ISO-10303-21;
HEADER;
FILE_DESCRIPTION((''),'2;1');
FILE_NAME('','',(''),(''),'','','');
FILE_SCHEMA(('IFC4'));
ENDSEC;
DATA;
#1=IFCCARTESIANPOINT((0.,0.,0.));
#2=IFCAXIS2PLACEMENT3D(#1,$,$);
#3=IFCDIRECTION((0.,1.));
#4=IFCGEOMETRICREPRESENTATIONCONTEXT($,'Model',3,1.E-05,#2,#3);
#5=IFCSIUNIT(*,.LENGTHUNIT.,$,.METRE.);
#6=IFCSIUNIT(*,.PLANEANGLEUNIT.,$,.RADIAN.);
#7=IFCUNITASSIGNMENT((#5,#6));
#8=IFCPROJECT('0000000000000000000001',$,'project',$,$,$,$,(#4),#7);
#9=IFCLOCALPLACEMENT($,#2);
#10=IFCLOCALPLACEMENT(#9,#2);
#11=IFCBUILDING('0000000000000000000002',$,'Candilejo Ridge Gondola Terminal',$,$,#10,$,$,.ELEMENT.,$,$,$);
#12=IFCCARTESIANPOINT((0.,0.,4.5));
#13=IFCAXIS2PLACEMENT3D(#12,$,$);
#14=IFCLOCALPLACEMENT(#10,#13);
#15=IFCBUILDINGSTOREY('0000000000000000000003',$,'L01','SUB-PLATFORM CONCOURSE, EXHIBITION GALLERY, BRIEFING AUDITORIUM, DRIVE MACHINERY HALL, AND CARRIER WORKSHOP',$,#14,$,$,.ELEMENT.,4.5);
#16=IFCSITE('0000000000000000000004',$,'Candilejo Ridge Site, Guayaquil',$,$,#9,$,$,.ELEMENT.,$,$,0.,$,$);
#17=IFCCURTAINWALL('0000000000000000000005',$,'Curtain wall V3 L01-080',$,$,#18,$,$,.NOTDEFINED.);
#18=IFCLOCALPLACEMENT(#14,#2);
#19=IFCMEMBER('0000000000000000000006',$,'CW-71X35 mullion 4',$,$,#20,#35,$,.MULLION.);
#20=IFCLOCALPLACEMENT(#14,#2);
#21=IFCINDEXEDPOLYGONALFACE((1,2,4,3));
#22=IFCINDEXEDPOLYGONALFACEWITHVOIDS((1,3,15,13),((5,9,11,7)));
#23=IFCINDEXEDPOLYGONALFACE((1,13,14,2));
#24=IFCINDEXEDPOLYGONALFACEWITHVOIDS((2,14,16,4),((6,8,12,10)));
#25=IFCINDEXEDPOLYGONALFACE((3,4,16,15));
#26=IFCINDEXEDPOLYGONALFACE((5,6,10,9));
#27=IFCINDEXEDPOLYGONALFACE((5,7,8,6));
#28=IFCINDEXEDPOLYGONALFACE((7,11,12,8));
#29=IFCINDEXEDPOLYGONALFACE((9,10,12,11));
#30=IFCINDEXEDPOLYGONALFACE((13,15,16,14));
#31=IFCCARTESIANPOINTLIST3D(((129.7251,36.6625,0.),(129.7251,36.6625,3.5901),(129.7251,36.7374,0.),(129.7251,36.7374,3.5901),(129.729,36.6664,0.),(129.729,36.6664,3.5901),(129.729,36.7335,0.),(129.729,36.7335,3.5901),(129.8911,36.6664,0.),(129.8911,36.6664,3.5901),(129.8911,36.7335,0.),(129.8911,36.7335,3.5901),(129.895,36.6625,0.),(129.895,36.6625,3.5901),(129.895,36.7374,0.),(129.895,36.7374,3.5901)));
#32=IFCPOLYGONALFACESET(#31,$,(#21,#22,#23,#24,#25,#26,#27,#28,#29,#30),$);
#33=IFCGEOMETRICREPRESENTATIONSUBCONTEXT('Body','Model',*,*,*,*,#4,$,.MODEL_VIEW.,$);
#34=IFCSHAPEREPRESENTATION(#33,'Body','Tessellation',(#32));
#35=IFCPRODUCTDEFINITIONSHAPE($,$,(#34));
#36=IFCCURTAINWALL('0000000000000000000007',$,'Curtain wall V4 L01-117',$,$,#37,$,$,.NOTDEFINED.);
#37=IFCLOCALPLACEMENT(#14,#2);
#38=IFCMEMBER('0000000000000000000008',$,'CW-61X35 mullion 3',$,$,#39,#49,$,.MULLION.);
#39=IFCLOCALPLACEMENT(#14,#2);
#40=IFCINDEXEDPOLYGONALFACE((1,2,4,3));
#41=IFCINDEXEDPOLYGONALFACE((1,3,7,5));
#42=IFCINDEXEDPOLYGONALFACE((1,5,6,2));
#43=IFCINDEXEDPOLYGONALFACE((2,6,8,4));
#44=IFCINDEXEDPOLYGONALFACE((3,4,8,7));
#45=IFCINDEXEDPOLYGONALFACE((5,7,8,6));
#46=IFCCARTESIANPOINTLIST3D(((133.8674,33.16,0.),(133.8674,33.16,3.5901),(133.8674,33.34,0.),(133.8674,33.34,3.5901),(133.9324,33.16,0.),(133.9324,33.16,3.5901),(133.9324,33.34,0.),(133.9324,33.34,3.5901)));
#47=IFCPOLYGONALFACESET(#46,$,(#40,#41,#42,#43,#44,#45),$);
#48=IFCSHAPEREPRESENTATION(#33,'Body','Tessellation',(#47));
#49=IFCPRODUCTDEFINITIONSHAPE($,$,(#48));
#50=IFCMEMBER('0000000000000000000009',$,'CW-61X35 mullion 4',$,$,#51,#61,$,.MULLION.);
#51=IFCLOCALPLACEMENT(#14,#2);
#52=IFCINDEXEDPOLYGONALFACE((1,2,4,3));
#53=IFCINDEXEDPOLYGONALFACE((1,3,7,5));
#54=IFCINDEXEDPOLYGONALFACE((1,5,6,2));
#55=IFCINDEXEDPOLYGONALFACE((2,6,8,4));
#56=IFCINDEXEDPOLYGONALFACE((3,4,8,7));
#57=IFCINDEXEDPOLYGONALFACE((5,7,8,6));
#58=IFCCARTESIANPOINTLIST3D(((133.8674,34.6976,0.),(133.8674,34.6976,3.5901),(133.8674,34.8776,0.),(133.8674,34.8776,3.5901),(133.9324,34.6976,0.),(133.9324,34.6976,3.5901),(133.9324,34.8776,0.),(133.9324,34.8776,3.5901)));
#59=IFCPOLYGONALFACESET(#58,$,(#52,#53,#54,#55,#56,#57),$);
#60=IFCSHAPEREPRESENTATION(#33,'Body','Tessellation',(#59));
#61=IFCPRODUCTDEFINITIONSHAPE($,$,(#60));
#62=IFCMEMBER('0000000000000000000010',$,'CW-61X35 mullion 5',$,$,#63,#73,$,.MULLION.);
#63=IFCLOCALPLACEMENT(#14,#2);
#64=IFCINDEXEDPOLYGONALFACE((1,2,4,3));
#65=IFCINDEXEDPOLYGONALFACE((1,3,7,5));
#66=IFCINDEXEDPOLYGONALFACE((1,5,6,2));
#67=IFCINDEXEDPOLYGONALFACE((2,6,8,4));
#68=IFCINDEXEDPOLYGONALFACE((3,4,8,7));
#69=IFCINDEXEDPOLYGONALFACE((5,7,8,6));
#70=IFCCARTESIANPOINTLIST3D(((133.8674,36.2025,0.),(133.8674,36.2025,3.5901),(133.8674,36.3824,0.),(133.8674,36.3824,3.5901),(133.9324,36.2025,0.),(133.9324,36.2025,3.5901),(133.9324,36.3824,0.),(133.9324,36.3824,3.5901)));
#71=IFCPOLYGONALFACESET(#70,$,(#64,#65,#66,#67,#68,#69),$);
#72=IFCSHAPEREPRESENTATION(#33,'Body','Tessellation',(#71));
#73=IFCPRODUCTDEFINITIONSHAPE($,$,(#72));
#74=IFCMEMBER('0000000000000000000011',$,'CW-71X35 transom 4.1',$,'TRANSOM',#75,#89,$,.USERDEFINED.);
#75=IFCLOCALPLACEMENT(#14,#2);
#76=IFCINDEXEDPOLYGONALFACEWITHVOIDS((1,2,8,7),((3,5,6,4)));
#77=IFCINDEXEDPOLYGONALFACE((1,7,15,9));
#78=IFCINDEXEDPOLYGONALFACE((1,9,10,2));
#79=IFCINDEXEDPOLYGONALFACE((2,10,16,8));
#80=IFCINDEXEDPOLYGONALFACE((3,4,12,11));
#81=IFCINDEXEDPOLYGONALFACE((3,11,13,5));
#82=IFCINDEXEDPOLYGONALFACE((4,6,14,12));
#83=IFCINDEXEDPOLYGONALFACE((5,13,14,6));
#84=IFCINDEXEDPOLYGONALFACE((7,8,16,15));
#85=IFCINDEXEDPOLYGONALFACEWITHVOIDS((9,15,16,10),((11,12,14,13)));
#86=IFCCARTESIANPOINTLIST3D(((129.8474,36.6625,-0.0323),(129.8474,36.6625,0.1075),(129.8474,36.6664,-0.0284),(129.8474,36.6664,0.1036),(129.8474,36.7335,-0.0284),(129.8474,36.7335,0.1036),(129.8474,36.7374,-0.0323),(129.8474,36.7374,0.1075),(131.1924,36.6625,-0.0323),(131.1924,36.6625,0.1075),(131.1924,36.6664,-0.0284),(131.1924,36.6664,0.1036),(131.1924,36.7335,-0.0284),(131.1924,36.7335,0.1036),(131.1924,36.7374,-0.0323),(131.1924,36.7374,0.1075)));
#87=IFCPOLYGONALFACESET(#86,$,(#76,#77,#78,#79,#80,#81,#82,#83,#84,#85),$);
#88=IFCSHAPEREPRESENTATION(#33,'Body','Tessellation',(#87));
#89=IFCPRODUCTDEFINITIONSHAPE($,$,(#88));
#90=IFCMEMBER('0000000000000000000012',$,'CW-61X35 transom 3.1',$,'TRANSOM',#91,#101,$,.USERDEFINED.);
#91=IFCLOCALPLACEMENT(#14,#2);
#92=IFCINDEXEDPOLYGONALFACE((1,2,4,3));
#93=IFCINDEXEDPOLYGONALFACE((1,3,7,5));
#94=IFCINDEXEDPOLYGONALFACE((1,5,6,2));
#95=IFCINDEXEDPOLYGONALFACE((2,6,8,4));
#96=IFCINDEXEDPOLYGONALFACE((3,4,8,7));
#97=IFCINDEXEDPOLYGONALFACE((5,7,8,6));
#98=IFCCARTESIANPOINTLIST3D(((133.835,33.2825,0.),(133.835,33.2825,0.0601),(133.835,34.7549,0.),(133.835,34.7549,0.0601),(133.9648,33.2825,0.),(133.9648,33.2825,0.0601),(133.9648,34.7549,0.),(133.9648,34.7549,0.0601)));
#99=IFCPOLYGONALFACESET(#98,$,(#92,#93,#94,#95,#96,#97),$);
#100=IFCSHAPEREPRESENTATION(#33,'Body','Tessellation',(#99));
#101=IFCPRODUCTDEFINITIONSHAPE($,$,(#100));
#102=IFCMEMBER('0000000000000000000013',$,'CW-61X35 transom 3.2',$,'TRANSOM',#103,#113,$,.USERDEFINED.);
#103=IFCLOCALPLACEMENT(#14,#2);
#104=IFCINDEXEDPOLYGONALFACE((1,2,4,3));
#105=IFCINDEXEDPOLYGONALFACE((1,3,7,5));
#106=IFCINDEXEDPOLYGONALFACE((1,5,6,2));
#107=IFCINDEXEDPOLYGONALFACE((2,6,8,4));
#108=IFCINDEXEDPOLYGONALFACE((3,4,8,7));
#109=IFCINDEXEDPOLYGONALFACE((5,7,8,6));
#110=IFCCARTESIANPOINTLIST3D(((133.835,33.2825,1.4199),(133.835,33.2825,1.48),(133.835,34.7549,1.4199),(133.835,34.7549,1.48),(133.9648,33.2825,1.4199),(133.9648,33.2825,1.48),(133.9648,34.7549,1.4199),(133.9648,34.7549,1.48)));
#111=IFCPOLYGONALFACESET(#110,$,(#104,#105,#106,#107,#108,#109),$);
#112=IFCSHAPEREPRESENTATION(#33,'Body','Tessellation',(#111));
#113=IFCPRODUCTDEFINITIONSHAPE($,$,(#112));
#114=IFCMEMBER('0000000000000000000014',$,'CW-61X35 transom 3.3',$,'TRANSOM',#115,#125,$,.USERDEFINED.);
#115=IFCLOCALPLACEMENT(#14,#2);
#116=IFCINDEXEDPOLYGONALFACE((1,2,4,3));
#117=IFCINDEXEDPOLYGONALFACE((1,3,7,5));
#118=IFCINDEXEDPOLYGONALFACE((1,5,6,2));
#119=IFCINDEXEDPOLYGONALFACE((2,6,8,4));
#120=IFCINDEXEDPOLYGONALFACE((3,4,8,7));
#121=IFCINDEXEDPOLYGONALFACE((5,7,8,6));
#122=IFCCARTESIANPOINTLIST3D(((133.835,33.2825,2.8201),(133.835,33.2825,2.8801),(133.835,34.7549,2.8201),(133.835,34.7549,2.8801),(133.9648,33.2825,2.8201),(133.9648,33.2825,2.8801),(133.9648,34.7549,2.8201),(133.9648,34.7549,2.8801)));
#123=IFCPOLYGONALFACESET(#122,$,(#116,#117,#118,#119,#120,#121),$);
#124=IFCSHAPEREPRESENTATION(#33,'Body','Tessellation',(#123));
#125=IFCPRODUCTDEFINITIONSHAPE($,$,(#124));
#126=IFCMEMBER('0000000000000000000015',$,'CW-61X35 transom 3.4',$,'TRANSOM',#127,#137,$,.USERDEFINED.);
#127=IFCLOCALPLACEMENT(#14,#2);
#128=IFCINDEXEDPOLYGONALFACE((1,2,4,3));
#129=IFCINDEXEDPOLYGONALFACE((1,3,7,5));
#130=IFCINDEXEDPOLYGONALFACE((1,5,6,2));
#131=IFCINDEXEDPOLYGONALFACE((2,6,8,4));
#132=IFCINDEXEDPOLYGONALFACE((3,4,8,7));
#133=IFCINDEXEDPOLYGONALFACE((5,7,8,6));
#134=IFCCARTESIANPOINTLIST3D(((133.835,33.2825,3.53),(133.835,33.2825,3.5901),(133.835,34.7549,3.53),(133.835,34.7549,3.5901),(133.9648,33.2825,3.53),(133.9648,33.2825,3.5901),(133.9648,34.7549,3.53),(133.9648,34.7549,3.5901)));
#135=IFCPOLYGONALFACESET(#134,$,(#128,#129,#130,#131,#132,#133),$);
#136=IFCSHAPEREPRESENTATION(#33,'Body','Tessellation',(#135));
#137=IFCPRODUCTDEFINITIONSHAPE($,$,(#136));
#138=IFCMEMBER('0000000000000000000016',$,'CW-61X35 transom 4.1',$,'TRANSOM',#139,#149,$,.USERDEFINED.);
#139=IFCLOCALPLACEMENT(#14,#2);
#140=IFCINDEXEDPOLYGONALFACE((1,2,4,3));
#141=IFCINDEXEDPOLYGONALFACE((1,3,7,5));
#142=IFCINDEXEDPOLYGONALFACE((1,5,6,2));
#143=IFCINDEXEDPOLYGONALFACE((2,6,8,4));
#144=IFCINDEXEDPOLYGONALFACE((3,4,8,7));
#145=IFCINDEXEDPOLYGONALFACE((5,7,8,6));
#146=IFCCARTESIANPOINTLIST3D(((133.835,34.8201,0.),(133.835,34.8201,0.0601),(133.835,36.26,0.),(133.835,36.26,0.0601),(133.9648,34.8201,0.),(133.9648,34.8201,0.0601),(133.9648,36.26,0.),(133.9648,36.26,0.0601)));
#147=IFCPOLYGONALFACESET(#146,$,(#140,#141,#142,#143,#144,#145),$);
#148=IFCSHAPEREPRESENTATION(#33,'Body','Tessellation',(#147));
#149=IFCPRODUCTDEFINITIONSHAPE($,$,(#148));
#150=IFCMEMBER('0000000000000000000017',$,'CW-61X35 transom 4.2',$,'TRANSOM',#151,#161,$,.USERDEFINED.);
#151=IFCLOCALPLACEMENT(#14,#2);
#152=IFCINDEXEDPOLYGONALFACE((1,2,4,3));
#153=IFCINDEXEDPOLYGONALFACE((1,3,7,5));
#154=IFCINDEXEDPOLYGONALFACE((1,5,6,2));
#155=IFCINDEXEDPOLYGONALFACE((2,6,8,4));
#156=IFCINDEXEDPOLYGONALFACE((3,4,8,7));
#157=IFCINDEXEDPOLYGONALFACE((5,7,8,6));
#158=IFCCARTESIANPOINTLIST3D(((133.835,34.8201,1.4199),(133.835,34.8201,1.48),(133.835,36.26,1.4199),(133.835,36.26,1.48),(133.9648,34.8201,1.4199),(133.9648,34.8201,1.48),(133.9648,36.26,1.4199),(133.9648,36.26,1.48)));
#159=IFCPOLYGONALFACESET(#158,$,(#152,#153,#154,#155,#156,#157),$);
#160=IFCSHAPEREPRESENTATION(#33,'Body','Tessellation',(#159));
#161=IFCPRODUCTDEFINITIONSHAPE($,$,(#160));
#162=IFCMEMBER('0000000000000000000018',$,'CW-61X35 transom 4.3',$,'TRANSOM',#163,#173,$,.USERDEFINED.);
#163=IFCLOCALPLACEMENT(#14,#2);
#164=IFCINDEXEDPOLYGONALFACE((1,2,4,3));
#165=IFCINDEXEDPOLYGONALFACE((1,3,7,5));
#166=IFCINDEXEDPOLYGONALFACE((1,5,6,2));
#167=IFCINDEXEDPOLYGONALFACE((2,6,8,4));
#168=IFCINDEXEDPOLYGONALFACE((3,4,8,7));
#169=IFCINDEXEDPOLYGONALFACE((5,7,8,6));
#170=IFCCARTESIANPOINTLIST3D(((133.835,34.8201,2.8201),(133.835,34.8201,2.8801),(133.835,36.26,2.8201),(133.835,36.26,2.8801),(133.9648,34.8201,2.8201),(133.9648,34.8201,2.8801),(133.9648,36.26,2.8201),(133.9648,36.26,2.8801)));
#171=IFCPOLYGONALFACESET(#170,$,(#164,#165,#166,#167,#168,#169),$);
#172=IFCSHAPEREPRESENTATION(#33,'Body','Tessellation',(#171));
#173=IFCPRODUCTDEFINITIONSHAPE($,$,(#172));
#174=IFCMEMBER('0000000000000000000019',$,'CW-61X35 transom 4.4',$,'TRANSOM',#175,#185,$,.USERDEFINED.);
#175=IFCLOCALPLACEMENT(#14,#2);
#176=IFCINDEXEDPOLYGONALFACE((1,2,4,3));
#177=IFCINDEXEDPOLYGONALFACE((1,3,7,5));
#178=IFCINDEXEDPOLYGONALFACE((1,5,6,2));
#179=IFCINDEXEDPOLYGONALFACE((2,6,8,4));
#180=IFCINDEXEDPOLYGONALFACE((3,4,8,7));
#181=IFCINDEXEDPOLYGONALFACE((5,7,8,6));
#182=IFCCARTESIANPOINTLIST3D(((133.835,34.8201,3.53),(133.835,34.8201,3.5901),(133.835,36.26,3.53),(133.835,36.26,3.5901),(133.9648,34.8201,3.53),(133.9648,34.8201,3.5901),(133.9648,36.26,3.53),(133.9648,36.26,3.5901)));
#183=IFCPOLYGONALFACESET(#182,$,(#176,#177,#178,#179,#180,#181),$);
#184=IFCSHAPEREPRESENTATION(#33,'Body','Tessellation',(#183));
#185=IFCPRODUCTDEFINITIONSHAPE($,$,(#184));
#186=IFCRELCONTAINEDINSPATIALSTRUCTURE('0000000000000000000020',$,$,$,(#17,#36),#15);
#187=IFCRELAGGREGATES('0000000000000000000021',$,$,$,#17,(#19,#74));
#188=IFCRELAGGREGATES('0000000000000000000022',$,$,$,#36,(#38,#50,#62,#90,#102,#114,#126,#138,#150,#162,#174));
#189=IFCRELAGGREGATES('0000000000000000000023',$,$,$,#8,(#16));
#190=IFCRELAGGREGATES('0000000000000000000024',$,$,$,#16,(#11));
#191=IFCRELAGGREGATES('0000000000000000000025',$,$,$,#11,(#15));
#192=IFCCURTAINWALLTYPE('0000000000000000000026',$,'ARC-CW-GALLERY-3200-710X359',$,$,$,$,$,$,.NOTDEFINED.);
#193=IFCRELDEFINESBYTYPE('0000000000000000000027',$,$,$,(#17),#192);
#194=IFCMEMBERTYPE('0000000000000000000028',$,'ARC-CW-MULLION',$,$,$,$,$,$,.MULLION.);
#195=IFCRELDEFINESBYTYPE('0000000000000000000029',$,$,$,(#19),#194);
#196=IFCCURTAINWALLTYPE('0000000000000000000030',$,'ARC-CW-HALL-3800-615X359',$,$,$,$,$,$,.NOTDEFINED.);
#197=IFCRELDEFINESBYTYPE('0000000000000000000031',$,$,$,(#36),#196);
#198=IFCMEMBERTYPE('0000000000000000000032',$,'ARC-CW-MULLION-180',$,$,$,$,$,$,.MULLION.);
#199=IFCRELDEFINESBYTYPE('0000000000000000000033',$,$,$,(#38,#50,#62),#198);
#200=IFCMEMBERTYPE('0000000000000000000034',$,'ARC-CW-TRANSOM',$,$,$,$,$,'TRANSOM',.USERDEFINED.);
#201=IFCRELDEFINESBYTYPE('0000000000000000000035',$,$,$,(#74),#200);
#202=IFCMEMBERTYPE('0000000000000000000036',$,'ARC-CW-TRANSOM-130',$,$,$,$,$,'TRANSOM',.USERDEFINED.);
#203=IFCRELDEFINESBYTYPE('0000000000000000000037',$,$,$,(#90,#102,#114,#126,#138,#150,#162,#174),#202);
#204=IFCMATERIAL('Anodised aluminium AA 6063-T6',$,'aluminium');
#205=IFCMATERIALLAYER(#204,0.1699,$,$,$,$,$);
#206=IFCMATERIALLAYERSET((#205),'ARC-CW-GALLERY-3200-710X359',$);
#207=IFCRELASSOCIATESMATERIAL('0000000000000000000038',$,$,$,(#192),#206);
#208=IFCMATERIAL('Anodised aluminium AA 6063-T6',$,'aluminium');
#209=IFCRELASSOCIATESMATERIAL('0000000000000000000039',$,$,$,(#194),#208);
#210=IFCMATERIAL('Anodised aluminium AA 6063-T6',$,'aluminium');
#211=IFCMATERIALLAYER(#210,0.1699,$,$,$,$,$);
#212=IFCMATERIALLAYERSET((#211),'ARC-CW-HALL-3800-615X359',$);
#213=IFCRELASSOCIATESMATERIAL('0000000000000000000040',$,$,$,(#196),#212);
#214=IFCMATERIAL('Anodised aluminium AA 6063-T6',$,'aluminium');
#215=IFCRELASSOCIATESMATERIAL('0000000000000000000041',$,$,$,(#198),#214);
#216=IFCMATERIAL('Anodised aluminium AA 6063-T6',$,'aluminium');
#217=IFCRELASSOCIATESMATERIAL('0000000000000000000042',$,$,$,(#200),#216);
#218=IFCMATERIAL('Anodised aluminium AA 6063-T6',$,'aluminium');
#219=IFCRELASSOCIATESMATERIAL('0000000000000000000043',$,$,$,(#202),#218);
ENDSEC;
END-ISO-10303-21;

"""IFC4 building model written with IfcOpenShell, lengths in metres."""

from ifc_helpers import new_model, si_unit, direction, frame, origin, origin_2d, place, context, subcontext, project, spatial, rectangle, hollow_rectangle, extrude, material, layer, layer_set, material_profile, profile_set, type_object, element, aggregate, save


model = new_model("IFC4")

# Units and contexts
model_context = context("Model", 3, precision=1e-05, world=origin(), true_north=direction((0.0, 1.0)))
body_context = subcontext(model_context, "Body", "Model", "MODEL_VIEW")
ifc_project = project(units=[si_unit("LENGTHUNIT", "METRE"), si_unit("PLANEANGLEUNIT", "RADIAN")], contexts=[model_context])

# Site, building, storey
site_placement = place(None, origin())
site = spatial("IfcSite", under=ifc_project, at=site_placement, Name="Candilejo Ridge Site, Guayaquil", CompositionType="ELEMENT", RefElevation=0.0)
building_placement = place(site_placement, origin())
building = spatial("IfcBuilding", under=site, at=building_placement, Name="Candilejo Ridge Gondola Terminal", CompositionType="ELEMENT")
storey_placement = place(building_placement, frame((0.0, 0.0, 4.5)))
storey = spatial("IfcBuildingStorey", under=building, at=storey_placement, Name="L01", Description="SUB-PLATFORM CONCOURSE, EXHIBITION GALLERY, BRIEFING AUDITORIUM, DRIVE MACHINERY HALL, AND CARRIER WORKSHOP", CompositionType="ELEMENT", Elevation=4.5)

# Curtain wall, member
ifc_material_1 = material(Name="Anodised aluminium AA 6063-T6", Category="aluminium")
ifc_layer_1 = layer(ifc_material_1, 0.1699)
ifc_layer_set_1 = layer_set([ifc_layer_1], Name="ARC-CW-GALLERY-3200-710X359")
curtain_wall_type_1 = type_object("IfcCurtainWallType", Name="ARC-CW-GALLERY-3200-710X359", PredefinedType="NOTDEFINED", material=ifc_layer_set_1)
curtain_wall_1_placement = place(storey_placement, origin())
curtain_wall_1 = element("IfcCurtainWall", 1, at=curtain_wall_1_placement, inside=storey, type_object=curtain_wall_type_1, Name="Curtain wall V3 L01-080", PredefinedType="NOTDEFINED")
ifc_material_2 = material(Name="Anodised aluminium AA 6063-T6", Category="aluminium")
ifc_material_profile_1 = material_profile(ifc_material_2, hollow_rectangle(XDim=0.075, YDim=0.1699, WallThickness=0.0039, at=origin_2d()))
ifc_profile_set_1 = profile_set([ifc_material_profile_1], Name="Anodised aluminium AA 6063-T6")
member_type_1 = type_object("IfcMemberType", Name="ARC-CW-MULLION", PredefinedType="MULLION", material=ifc_profile_set_1)
member_1_placement = place(storey_placement, frame((129.8101, 36.7, 0.0), z_axis=(0.0, 0.0, 1.0), x_axis=(0.0, 1.0, 0.0)))
member_1 = element("IfcMember", 2, at=member_1_placement, type_object=member_type_1, Name="CW-71X35 mullion 4", PredefinedType="MULLION", context=body_context, shape_type="SweptSolid", body=[
    extrude(hollow_rectangle(XDim=0.075, YDim=0.1699, WallThickness=0.0039, at=origin_2d()), origin(), (0.0, 0.0, 1.0), 3.5901),
])

# Curtain wall, members
ifc_material_3 = material(Name="Anodised aluminium AA 6063-T6", Category="aluminium")
ifc_layer_2 = layer(ifc_material_3, 0.1699)
ifc_layer_set_2 = layer_set([ifc_layer_2], Name="ARC-CW-HALL-3800-615X359")
curtain_wall_type_2 = type_object("IfcCurtainWallType", Name="ARC-CW-HALL-3800-615X359", PredefinedType="NOTDEFINED", material=ifc_layer_set_2)
curtain_wall_2_placement = place(storey_placement, origin())
curtain_wall_2 = element("IfcCurtainWall", 3, at=curtain_wall_2_placement, inside=storey, type_object=curtain_wall_type_2, Name="Curtain wall V4 L01-117", PredefinedType="NOTDEFINED")
ifc_material_4 = material(Name="Anodised aluminium AA 6063-T6", Category="aluminium")
ifc_material_profile_2 = material_profile(ifc_material_4, rectangle(XDim=0.0649, YDim=0.1799, at=origin_2d()))
ifc_profile_set_2 = profile_set([ifc_material_profile_2], Name="Anodised aluminium AA 6063-T6")
member_type_2 = type_object("IfcMemberType", Name="ARC-CW-MULLION-180", PredefinedType="MULLION", material=ifc_profile_set_2)
member_2_placement = place(storey_placement, frame((133.8999, 33.25, 0.0), z_axis=(0.0, 0.0, 1.0), x_axis=(-1.0, 0.0, 0.0)))
member_2 = element("IfcMember", 4, at=member_2_placement, type_object=member_type_2, Name="CW-61X35 mullion 3", PredefinedType="MULLION", context=body_context, shape_type="SweptSolid", body=[
    extrude(rectangle(XDim=0.0649, YDim=0.1799, at=origin_2d()), origin(), (0.0, 0.0, 1.0), 3.5901),
])
member_3_placement = place(storey_placement, frame((133.8999, 34.7876, 0.0), z_axis=(0.0, 0.0, 1.0), x_axis=(-1.0, 0.0, 0.0)))
member_3 = element("IfcMember", 5, at=member_3_placement, type_object=member_type_2, Name="CW-61X35 mullion 4", PredefinedType="MULLION", context=body_context, shape_type="SweptSolid", body=[
    extrude(rectangle(XDim=0.0649, YDim=0.1799, at=origin_2d()), origin(), (0.0, 0.0, 1.0), 3.5901),
])
member_4_placement = place(storey_placement, frame((133.8999, 36.2925, 0.0), z_axis=(0.0, 0.0, 1.0), x_axis=(-1.0, 0.0, 0.0)))
member_4 = element("IfcMember", 6, at=member_4_placement, type_object=member_type_2, Name="CW-61X35 mullion 5", PredefinedType="MULLION", context=body_context, shape_type="SweptSolid", body=[
    extrude(rectangle(XDim=0.0649, YDim=0.1799, at=origin_2d()), origin(), (0.0, 0.0, 1.0), 3.5901),
])

# Members
ifc_material_5 = material(Name="Anodised aluminium AA 6063-T6", Category="aluminium")
ifc_material_profile_3 = material_profile(ifc_material_5, hollow_rectangle(XDim=0.075, YDim=0.1399, WallThickness=0.0039, at=origin_2d()))
ifc_profile_set_3 = profile_set([ifc_material_profile_3], Name="Anodised aluminium AA 6063-T6")
member_type_3 = type_object("IfcMemberType", Name="ARC-CW-TRANSOM", ElementType="TRANSOM", PredefinedType="USERDEFINED", material=ifc_profile_set_3)
member_5_placement = place(storey_placement, frame((129.8474, 36.7, 0.0376), z_axis=(1.0, 0.0, 0.0), x_axis=(0.0, 1.0, 0.0)))
member_5 = element("IfcMember", 7, at=member_5_placement, type_object=member_type_3, Name="CW-71X35 transom 4.1", ObjectType="TRANSOM", PredefinedType="USERDEFINED", context=body_context, shape_type="SweptSolid", body=[
    extrude(hollow_rectangle(XDim=0.075, YDim=0.1399, WallThickness=0.0039, at=origin_2d()), origin(), (0.0, 0.0, 1.0), 1.345),
])
aggregate(curtain_wall_1, [member_1, member_5])
ifc_material_6 = material(Name="Anodised aluminium AA 6063-T6", Category="aluminium")
ifc_material_profile_4 = material_profile(ifc_material_6, rectangle(XDim=0.1299, YDim=0.0601, at=origin_2d()))
ifc_profile_set_4 = profile_set([ifc_material_profile_4], Name="Anodised aluminium AA 6063-T6")
member_type_4 = type_object("IfcMemberType", Name="ARC-CW-TRANSOM-130", ElementType="TRANSOM", PredefinedType="USERDEFINED", material=ifc_profile_set_4)
member_6_placement = place(storey_placement, frame((133.8999, 33.2825, 0.03), z_axis=(0.0, 1.0, 0.0), x_axis=(-1.0, 0.0, 0.0)))
member_6 = element("IfcMember", 8, at=member_6_placement, type_object=member_type_4, Name="CW-61X35 transom 3.1", ObjectType="TRANSOM", PredefinedType="USERDEFINED", context=body_context, shape_type="SweptSolid", body=[
    extrude(rectangle(XDim=0.1299, YDim=0.0601, at=origin_2d()), origin(), (0.0, 0.0, 1.0), 1.4724),
])
member_7_placement = place(storey_placement, frame((133.8999, 33.2825, 1.45), z_axis=(0.0, 1.0, 0.0), x_axis=(-1.0, 0.0, 0.0)))
member_7 = element("IfcMember", 9, at=member_7_placement, type_object=member_type_4, Name="CW-61X35 transom 3.2", ObjectType="TRANSOM", PredefinedType="USERDEFINED", context=body_context, shape_type="SweptSolid", body=[
    extrude(rectangle(XDim=0.1299, YDim=0.0601, at=origin_2d()), origin(), (0.0, 0.0, 1.0), 1.4724),
])
member_8_placement = place(storey_placement, frame((133.8999, 33.2825, 2.8501), z_axis=(0.0, 1.0, 0.0), x_axis=(-1.0, 0.0, 0.0)))
member_8 = element("IfcMember", 10, at=member_8_placement, type_object=member_type_4, Name="CW-61X35 transom 3.3", ObjectType="TRANSOM", PredefinedType="USERDEFINED", context=body_context, shape_type="SweptSolid", body=[
    extrude(rectangle(XDim=0.1299, YDim=0.0601, at=origin_2d()), origin(), (0.0, 0.0, 1.0), 1.4724),
])
member_9_placement = place(storey_placement, frame((133.8999, 33.2825, 3.5601), z_axis=(0.0, 1.0, 0.0), x_axis=(-1.0, 0.0, 0.0)))
member_9 = element("IfcMember", 11, at=member_9_placement, type_object=member_type_4, Name="CW-61X35 transom 3.4", ObjectType="TRANSOM", PredefinedType="USERDEFINED", context=body_context, shape_type="SweptSolid", body=[
    extrude(rectangle(XDim=0.1299, YDim=0.0601, at=origin_2d()), origin(), (0.0, 0.0, 1.0), 1.4724),
])
member_10_placement = place(storey_placement, frame((133.8999, 34.8201, 0.03), z_axis=(0.0, 1.0, 0.0), x_axis=(-1.0, 0.0, 0.0)))
member_10 = element("IfcMember", 12, at=member_10_placement, type_object=member_type_4, Name="CW-61X35 transom 4.1", ObjectType="TRANSOM", PredefinedType="USERDEFINED", context=body_context, shape_type="SweptSolid", body=[
    extrude(rectangle(XDim=0.1299, YDim=0.0601, at=origin_2d()), origin(), (0.0, 0.0, 1.0), 1.4399),
])
member_11_placement = place(storey_placement, frame((133.8999, 34.8201, 1.45), z_axis=(0.0, 1.0, 0.0), x_axis=(-1.0, 0.0, 0.0)))
member_11 = element("IfcMember", 13, at=member_11_placement, type_object=member_type_4, Name="CW-61X35 transom 4.2", ObjectType="TRANSOM", PredefinedType="USERDEFINED", context=body_context, shape_type="SweptSolid", body=[
    extrude(rectangle(XDim=0.1299, YDim=0.0601, at=origin_2d()), origin(), (0.0, 0.0, 1.0), 1.4399),
])
member_12_placement = place(storey_placement, frame((133.8999, 34.8201, 2.8501), z_axis=(0.0, 1.0, 0.0), x_axis=(-1.0, 0.0, 0.0)))
member_12 = element("IfcMember", 14, at=member_12_placement, type_object=member_type_4, Name="CW-61X35 transom 4.3", ObjectType="TRANSOM", PredefinedType="USERDEFINED", context=body_context, shape_type="SweptSolid", body=[
    extrude(rectangle(XDim=0.1299, YDim=0.0601, at=origin_2d()), origin(), (0.0, 0.0, 1.0), 1.4399),
])
member_13_placement = place(storey_placement, frame((133.8999, 34.8201, 3.5601), z_axis=(0.0, 1.0, 0.0), x_axis=(-1.0, 0.0, 0.0)))
member_13 = element("IfcMember", 15, at=member_13_placement, type_object=member_type_4, Name="CW-61X35 transom 4.4", ObjectType="TRANSOM", PredefinedType="USERDEFINED", context=body_context, shape_type="SweptSolid", body=[
    extrude(rectangle(XDim=0.1299, YDim=0.0601, at=origin_2d()), origin(), (0.0, 0.0, 1.0), 1.4399),
])

aggregate(curtain_wall_2, [member_2, member_3, member_4, member_6, member_7, member_8, member_9, member_10, member_11, member_12, member_13])

save(model, "model.ifc")
